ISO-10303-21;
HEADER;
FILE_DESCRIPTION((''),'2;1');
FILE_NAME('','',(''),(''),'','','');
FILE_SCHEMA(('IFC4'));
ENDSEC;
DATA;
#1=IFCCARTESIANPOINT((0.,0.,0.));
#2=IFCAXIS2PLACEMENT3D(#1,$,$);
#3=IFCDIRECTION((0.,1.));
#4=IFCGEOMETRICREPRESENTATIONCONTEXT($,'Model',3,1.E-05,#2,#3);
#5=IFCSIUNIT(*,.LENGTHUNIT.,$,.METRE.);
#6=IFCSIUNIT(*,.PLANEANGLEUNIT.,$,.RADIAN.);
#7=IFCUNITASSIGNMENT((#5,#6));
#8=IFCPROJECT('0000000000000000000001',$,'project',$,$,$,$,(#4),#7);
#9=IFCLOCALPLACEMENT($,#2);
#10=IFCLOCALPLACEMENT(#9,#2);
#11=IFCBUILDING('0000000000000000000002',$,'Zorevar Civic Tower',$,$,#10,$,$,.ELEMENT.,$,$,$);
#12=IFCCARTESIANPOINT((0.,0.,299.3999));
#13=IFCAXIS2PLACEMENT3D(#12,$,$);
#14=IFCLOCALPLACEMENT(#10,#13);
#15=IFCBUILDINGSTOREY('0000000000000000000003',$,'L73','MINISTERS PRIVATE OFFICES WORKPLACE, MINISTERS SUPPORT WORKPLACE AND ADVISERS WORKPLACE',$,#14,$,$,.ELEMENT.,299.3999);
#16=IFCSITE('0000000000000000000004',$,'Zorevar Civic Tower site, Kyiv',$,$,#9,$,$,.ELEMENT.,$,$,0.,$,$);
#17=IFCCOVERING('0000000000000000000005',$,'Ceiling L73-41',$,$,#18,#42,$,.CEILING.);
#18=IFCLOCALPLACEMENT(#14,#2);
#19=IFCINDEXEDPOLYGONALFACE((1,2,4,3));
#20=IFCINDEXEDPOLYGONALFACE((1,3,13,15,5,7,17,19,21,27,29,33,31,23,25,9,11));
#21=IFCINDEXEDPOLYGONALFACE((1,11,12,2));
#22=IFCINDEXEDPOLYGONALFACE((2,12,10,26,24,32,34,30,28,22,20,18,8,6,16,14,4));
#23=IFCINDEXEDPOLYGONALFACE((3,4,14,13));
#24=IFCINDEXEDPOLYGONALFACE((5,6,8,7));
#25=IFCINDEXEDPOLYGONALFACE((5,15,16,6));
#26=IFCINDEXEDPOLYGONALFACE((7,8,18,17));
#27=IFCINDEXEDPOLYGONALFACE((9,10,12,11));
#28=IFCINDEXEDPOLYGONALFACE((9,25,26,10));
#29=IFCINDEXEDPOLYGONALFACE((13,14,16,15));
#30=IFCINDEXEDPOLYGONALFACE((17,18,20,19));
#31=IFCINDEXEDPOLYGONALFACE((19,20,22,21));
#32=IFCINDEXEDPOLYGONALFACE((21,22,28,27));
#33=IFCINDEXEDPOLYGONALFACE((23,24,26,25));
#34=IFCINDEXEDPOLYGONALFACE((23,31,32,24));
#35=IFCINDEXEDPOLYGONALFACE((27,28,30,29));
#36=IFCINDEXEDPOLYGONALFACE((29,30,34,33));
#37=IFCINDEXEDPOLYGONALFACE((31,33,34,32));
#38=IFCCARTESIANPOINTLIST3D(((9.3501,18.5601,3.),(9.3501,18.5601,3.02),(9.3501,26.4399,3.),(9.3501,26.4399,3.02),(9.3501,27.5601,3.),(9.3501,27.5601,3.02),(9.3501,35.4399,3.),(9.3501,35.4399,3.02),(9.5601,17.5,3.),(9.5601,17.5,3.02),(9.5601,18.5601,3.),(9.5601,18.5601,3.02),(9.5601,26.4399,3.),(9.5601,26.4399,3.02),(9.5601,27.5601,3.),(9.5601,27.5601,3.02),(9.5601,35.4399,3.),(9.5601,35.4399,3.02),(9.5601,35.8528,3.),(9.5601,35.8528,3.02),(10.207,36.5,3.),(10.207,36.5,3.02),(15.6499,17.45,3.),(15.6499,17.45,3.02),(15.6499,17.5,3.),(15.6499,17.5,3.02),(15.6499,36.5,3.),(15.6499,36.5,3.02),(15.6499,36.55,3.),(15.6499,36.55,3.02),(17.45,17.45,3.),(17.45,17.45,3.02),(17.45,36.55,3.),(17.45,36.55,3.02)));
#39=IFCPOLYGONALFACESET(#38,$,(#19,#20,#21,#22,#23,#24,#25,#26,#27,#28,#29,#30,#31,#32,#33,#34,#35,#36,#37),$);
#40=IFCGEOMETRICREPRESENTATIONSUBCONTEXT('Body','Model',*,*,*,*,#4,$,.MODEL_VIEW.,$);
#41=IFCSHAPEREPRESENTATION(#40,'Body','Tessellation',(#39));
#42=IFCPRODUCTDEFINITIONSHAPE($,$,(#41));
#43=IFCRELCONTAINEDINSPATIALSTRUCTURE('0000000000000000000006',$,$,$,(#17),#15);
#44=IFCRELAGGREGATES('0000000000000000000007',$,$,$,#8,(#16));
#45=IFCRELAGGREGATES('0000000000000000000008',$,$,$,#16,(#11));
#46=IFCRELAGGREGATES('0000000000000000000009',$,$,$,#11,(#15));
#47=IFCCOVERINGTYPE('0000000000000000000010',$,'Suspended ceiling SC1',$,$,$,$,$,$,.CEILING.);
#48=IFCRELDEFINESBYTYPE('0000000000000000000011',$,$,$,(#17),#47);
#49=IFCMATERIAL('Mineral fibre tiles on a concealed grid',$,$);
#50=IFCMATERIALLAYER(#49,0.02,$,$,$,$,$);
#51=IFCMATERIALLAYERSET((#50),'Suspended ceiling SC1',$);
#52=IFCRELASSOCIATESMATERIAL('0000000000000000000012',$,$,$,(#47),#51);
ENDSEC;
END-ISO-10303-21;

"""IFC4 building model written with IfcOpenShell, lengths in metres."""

from ifc_helpers import new_model, si_unit, direction, frame, origin, place, context, subcontext, project, spatial, polyline, outline, extrude, material, layer, layer_set, type_object, element, save


model = new_model("IFC4")

# Units and contexts
model_context = context("Model", 3, precision=1e-05, world=origin(), true_north=direction((0.0, 1.0)))
body_context = subcontext(model_context, "Body", "Model", "MODEL_VIEW")
ifc_project = project(units=[si_unit("LENGTHUNIT", "METRE"), si_unit("PLANEANGLEUNIT", "RADIAN")], contexts=[model_context])

# Site, building, storey
site_placement = place(None, origin())
site = spatial("IfcSite", under=ifc_project, at=site_placement, Name="Zorevar Civic Tower site, Kyiv", CompositionType="ELEMENT", RefElevation=0.0)
building_placement = place(site_placement, origin())
building = spatial("IfcBuilding", under=site, at=building_placement, Name="Zorevar Civic Tower", CompositionType="ELEMENT")
storey_placement = place(building_placement, frame((0.0, 0.0, 299.3999)))
storey = spatial("IfcBuildingStorey", under=building, at=storey_placement, Name="L73", Description="MINISTERS PRIVATE OFFICES WORKPLACE, MINISTERS SUPPORT WORKPLACE AND ADVISERS WORKPLACE", CompositionType="ELEMENT", Elevation=299.3999)

# Covering
ifc_material_1 = material(Name="Mineral fibre tiles on a concealed grid")
ifc_layer_1 = layer(ifc_material_1, 0.02)
ifc_layer_set_1 = layer_set([ifc_layer_1], Name="Suspended ceiling SC1")
covering_type_1 = type_object("IfcCoveringType", Name="Suspended ceiling SC1", PredefinedType="CEILING", material=ifc_layer_set_1)
covering_1_placement = place(storey_placement, frame((0.0, 0.0, 3.0)))
element("IfcCovering", 1, at=covering_1_placement, inside=storey, type_object=covering_type_1, Name="Ceiling L73-41", PredefinedType="CEILING", context=body_context, shape_type="SweptSolid", body=[
    extrude(outline(polyline([(9.5601, 17.5), (9.5601, 18.5601), (9.3501, 18.5601), (9.3501, 26.4399), (9.5601, 26.4399), (9.5601, 27.5601), (9.3501, 27.5601), (9.3501, 35.4399), (9.5601, 35.4399), (9.5601, 35.8528), (10.207, 36.5), (15.6499, 36.5), (15.6499, 36.55), (17.45, 36.55), (17.45, 17.45), (15.6499, 17.45), (15.6499, 17.5), (9.5601, 17.5)])), origin(), (0.0, 0.0, 1.0), 0.02),
])

save(model, "model.ifc")
